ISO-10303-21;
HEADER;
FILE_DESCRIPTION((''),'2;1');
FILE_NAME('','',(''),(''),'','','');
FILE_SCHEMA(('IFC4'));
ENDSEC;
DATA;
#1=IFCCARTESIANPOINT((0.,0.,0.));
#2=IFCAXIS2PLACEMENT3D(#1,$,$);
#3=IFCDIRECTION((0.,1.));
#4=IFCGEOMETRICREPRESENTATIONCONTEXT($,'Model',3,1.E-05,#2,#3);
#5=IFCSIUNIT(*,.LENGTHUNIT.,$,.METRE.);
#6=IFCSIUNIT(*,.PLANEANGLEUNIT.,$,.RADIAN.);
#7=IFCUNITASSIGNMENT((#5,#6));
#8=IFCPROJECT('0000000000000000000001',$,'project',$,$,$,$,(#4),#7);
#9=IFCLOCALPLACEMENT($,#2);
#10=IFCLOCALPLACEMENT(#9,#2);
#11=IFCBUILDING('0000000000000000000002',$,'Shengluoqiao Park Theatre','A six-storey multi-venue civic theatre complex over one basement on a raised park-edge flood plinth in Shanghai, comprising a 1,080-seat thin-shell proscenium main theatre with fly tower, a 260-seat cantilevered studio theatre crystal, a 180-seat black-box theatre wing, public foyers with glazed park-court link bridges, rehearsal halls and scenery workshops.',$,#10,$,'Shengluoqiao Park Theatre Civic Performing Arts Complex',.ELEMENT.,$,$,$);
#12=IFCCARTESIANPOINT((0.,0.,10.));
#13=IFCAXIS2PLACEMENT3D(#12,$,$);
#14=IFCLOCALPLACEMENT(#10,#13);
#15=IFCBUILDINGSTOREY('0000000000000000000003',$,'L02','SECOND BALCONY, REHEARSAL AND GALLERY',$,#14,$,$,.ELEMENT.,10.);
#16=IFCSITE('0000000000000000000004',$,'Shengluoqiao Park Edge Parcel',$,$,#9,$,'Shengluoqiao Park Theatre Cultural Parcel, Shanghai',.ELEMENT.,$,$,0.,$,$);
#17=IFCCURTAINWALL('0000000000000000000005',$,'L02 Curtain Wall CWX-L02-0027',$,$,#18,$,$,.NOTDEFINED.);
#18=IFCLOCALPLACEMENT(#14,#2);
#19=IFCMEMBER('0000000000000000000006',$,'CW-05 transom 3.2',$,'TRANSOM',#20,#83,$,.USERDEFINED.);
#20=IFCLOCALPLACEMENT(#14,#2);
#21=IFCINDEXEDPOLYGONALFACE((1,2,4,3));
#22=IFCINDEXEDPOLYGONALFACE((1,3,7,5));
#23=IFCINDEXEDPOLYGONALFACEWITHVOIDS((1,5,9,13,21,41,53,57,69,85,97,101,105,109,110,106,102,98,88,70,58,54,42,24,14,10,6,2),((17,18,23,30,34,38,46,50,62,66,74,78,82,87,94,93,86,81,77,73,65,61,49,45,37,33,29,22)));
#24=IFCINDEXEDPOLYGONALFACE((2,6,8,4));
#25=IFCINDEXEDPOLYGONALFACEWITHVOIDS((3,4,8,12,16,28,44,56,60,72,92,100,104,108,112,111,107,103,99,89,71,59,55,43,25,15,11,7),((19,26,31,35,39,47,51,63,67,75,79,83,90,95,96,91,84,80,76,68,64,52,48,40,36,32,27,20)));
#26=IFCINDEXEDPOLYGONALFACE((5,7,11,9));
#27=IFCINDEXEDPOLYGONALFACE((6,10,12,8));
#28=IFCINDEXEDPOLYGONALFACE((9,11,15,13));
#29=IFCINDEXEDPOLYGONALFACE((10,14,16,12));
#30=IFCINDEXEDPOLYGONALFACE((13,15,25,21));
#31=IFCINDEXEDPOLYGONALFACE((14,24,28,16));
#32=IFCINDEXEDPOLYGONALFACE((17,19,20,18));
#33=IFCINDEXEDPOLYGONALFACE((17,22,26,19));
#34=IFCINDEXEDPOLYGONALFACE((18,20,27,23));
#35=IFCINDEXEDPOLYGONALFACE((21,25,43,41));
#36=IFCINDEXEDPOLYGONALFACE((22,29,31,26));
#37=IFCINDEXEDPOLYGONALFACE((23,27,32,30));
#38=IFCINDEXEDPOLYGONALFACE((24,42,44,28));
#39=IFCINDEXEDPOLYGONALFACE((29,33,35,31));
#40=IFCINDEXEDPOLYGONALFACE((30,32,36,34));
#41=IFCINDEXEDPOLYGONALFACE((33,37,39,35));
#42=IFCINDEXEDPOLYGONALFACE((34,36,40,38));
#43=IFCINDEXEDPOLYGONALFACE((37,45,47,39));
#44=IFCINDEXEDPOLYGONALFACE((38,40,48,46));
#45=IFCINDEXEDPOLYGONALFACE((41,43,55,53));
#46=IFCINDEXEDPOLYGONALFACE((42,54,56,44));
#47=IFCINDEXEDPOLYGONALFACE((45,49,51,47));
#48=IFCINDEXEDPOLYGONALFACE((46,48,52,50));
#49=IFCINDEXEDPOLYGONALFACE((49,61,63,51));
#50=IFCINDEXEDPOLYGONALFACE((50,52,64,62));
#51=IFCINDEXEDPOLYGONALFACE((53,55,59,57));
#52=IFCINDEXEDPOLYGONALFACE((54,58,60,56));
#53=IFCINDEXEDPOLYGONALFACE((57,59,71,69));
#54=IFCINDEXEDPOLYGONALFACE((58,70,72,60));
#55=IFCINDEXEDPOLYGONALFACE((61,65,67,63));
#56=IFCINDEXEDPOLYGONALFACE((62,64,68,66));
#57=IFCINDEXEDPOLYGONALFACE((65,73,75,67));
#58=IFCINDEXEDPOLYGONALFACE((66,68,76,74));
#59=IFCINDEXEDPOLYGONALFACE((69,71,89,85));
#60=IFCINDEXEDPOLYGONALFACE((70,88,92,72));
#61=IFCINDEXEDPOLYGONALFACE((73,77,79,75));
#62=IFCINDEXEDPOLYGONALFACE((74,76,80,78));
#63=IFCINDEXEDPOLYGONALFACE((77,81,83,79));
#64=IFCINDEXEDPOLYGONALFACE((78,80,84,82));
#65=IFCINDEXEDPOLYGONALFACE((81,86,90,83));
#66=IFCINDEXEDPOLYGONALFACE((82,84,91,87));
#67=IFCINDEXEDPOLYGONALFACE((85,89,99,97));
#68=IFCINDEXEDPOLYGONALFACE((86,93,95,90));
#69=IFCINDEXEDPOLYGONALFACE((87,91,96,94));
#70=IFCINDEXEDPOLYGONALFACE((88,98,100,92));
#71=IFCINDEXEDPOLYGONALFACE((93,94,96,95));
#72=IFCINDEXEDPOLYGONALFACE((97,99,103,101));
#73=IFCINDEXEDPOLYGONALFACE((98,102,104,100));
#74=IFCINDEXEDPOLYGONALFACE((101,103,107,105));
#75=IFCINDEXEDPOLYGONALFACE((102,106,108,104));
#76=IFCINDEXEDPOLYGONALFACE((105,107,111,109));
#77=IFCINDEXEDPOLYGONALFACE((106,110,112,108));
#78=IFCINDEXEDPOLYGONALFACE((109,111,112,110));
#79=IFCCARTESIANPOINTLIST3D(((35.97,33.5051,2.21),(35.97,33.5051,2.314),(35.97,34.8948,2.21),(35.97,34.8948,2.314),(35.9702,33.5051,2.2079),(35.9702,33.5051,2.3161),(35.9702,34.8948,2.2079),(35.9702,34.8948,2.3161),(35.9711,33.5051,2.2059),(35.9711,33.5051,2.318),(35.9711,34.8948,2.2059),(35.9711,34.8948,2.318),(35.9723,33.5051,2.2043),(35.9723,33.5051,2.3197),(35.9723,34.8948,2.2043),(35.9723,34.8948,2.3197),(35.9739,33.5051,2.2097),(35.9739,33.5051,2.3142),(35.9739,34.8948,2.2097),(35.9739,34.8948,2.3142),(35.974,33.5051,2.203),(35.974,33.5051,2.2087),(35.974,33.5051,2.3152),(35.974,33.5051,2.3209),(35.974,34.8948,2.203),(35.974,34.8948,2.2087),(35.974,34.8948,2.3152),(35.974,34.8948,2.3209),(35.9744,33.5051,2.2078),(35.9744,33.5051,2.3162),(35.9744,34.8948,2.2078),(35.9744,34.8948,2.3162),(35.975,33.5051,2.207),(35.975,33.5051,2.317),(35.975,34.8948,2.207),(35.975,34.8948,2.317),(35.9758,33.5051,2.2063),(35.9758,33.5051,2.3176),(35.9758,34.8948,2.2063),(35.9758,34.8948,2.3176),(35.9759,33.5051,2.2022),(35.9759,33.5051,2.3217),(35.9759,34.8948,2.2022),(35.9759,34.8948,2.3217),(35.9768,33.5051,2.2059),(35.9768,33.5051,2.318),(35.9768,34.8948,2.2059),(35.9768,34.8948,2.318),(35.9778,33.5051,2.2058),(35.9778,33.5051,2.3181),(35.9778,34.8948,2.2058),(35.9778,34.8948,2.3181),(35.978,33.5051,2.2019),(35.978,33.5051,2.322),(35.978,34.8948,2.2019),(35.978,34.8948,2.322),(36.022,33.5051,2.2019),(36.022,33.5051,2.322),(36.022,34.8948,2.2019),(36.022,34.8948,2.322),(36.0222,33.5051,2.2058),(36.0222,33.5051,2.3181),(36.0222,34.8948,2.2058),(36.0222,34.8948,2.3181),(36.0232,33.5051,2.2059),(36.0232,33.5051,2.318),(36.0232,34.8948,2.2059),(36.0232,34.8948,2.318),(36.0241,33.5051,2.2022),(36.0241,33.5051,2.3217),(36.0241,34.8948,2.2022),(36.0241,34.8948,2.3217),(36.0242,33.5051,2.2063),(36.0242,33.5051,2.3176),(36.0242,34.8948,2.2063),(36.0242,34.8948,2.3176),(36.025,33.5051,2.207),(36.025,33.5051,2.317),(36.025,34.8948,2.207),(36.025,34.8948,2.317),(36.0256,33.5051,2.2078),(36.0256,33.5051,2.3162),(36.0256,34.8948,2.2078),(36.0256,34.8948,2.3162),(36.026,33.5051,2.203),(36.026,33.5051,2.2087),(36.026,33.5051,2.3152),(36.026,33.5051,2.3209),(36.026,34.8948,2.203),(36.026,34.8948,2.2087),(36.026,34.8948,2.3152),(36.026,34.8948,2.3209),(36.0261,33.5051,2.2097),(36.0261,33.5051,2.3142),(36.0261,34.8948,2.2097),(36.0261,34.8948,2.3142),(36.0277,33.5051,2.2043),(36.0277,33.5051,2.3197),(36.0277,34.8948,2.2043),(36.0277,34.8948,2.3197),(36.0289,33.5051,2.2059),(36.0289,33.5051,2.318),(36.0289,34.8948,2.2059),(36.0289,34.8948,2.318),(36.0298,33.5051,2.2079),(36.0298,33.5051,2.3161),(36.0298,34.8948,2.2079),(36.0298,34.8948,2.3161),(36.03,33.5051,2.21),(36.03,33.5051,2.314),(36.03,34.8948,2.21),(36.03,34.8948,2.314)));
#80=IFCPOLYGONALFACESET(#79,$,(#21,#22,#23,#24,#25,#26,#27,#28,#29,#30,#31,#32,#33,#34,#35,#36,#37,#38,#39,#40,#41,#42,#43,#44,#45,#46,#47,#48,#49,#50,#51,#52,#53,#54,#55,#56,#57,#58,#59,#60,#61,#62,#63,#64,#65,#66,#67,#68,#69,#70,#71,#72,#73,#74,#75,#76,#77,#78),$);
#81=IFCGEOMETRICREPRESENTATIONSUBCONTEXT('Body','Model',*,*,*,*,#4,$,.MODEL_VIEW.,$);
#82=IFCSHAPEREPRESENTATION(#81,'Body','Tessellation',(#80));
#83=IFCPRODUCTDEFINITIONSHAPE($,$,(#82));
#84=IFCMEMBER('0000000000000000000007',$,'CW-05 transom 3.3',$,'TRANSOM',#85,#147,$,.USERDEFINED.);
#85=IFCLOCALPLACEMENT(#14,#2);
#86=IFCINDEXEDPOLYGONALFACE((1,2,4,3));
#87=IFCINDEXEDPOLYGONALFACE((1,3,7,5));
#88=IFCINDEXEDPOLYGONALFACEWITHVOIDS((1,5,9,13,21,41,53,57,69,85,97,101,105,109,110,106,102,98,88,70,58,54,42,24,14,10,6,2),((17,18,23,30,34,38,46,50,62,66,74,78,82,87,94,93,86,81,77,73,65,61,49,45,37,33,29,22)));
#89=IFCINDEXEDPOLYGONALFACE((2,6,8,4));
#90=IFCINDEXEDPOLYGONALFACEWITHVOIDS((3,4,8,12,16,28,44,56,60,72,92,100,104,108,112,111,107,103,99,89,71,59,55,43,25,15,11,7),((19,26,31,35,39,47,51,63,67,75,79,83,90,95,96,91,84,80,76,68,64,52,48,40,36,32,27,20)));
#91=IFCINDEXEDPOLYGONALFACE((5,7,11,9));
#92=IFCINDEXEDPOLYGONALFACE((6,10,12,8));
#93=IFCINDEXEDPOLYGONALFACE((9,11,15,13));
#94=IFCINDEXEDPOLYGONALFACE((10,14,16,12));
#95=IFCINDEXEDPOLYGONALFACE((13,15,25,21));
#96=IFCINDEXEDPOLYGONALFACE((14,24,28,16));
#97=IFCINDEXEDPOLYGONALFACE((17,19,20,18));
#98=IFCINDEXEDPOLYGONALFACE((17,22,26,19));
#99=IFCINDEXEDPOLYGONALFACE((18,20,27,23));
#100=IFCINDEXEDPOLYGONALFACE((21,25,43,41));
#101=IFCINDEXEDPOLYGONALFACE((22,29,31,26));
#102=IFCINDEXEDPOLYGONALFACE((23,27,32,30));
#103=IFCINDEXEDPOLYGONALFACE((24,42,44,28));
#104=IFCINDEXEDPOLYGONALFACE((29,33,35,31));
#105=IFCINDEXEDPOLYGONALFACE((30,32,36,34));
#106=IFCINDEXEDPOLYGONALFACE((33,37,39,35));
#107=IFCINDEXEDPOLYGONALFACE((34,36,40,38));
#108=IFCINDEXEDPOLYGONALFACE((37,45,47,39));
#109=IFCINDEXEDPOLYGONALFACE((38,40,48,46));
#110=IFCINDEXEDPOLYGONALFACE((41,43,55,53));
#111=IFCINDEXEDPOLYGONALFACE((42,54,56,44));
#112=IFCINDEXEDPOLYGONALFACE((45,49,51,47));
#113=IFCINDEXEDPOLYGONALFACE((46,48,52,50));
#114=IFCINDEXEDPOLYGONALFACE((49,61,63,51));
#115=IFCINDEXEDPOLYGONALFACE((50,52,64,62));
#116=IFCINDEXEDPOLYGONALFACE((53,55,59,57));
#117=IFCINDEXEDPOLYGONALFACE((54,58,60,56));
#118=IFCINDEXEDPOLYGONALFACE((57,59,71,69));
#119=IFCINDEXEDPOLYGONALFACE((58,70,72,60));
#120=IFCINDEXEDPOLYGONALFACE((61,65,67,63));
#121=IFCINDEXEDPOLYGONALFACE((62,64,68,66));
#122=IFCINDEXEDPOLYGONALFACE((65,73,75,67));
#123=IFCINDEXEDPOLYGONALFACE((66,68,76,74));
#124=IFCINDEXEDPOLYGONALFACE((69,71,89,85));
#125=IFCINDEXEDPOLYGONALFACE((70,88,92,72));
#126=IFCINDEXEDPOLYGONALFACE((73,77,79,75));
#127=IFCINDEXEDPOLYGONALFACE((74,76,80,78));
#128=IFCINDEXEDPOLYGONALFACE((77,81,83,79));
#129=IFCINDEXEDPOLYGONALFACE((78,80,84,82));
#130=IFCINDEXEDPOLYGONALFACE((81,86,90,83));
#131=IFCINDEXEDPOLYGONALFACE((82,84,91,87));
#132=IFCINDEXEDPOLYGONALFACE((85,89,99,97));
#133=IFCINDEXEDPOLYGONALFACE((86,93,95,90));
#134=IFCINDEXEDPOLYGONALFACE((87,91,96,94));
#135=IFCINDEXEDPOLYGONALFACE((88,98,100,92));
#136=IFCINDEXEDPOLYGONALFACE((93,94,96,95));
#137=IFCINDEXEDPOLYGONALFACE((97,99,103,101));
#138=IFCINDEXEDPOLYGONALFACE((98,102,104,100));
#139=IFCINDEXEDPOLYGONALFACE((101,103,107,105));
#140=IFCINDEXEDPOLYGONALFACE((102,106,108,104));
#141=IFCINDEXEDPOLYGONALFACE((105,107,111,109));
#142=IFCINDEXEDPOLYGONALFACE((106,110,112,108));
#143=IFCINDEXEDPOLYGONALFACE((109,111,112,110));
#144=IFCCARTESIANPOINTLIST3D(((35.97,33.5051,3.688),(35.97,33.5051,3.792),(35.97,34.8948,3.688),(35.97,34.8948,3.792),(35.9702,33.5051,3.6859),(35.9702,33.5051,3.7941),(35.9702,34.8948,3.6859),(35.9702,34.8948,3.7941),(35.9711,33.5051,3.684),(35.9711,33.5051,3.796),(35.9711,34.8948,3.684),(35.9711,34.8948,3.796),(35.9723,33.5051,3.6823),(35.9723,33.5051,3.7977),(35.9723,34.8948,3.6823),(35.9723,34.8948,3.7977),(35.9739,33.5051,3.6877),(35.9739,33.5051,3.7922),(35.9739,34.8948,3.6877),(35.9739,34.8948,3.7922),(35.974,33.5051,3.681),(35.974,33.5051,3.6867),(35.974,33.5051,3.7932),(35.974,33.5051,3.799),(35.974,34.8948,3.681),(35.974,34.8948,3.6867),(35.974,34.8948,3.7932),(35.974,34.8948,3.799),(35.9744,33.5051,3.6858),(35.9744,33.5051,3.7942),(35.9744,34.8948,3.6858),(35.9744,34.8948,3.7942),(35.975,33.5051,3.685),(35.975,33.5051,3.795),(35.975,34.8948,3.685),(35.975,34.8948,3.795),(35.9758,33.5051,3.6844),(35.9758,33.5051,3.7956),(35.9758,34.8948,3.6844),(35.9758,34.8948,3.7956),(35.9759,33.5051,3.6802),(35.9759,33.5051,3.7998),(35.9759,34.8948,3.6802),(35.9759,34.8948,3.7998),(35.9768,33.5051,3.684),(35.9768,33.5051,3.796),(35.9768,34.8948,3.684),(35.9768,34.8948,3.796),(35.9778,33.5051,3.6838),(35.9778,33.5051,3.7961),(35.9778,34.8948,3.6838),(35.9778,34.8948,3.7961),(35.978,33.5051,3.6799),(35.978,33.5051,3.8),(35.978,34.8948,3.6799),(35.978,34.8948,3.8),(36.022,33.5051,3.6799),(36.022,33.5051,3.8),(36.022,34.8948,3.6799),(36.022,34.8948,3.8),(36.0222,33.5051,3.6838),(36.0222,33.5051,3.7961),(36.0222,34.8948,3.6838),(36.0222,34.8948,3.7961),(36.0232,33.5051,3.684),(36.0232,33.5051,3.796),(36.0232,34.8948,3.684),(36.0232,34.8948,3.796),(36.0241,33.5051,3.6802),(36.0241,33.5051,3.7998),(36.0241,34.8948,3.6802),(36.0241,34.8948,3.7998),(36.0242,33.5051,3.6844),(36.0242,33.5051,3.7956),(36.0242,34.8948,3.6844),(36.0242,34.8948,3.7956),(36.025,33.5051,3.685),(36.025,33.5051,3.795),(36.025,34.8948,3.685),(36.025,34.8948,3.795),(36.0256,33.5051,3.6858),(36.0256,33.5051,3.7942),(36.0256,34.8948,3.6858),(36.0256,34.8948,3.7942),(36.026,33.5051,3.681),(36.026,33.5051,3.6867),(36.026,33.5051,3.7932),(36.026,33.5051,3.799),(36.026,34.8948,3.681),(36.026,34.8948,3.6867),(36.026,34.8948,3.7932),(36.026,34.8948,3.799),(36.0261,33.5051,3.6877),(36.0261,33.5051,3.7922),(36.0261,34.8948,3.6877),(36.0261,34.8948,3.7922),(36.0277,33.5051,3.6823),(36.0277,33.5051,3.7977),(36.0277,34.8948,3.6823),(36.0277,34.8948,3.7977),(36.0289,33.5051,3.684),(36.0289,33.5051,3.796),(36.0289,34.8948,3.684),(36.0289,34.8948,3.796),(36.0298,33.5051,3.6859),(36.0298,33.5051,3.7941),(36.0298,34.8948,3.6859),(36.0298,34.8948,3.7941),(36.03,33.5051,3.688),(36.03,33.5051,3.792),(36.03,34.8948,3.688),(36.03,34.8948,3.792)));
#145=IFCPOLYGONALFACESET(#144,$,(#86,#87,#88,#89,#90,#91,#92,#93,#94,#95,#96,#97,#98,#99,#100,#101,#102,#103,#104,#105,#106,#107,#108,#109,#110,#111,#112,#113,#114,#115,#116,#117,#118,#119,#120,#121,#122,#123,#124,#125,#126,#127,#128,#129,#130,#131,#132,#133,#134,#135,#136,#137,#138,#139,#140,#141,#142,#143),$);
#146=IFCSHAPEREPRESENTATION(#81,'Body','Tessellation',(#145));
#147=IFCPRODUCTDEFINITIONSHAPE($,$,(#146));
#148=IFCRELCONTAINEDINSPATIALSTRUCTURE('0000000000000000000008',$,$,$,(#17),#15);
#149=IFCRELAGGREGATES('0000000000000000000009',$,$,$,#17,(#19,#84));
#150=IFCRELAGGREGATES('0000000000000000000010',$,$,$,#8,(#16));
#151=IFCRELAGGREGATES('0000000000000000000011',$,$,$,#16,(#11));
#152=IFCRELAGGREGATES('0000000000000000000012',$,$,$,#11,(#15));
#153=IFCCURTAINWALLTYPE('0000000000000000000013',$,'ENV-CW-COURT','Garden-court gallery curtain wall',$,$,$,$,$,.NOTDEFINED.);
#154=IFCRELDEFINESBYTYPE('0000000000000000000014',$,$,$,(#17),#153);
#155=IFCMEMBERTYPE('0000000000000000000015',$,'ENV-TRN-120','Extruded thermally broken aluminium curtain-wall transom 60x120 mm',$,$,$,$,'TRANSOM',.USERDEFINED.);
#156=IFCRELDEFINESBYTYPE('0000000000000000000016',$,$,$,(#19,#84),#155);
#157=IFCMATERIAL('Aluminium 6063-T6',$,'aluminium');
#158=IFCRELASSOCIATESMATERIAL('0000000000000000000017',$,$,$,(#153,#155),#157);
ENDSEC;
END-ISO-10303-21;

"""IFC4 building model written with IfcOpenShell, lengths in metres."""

from ifc_helpers import new_model, si_unit, direction, frame, origin, origin_2d, place, context, subcontext, project, spatial, hollow_rectangle, extrude, material, material_profile, profile_set, type_object, element, aggregate, save


model = new_model("IFC4")

# Units and contexts
model_context = context("Model", 3, precision=1e-05, world=origin(), true_north=direction((0.0, 1.0)))
body_context = subcontext(model_context, "Body", "Model", "MODEL_VIEW")
ifc_project = project(units=[si_unit("LENGTHUNIT", "METRE"), si_unit("PLANEANGLEUNIT", "RADIAN")], contexts=[model_context])

# Site, building, storey
site_placement = place(None, origin())
site = spatial("IfcSite", under=ifc_project, at=site_placement, Name="Shengluoqiao Park Edge Parcel", LongName="Shengluoqiao Park Theatre Cultural Parcel, Shanghai", CompositionType="ELEMENT", RefElevation=0.0)
building_placement = place(site_placement, origin())
building = spatial("IfcBuilding", under=site, at=building_placement, Name="Shengluoqiao Park Theatre", Description="A six-storey multi-venue civic theatre complex over one basement on a raised park-edge flood plinth in Shanghai, comprising a 1,080-seat thin-shell proscenium main theatre with fly tower, a 260-seat cantilevered studio theatre crystal, a 180-seat black-box theatre wing, public foyers with glazed park-court link bridges, rehearsal halls and scenery workshops.", LongName="Shengluoqiao Park Theatre Civic Performing Arts Complex", CompositionType="ELEMENT")
storey_placement = place(building_placement, frame((0.0, 0.0, 10.0)))
storey = spatial("IfcBuildingStorey", under=building, at=storey_placement, Name="L02", Description="SECOND BALCONY, REHEARSAL AND GALLERY", CompositionType="ELEMENT", Elevation=10.0)

# Curtain wall, members
ifc_material_1 = material(Name="Aluminium 6063-T6", Category="aluminium")
curtain_wall_type = type_object("IfcCurtainWallType", Name="ENV-CW-COURT", Description="Garden-court gallery curtain wall", PredefinedType="NOTDEFINED", material=ifc_material_1)
curtain_wall_placement = place(storey_placement, origin())
curtain_wall = element("IfcCurtainWall", 1, at=curtain_wall_placement, inside=storey, type_object=curtain_wall_type, Name="L02 Curtain Wall CWX-L02-0027", PredefinedType="NOTDEFINED")
ifc_material_profile_1 = material_profile(ifc_material_1, hollow_rectangle(XDim=0.0601, YDim=0.1201, WallThickness=0.0039, InnerFilletRadius=0.0039, OuterFilletRadius=0.0081, at=origin_2d()), Name="ALU TRANSOM 120x60x4")
ifc_profile_set_1 = profile_set([ifc_material_profile_1], Name="Aluminium 6063-T6")
member_type_1 = type_object("IfcMemberType", Name="ENV-TRN-120", Description="Extruded thermally broken aluminium curtain-wall transom 60x120 mm", ElementType="TRANSOM", PredefinedType="USERDEFINED", material=ifc_profile_set_1)
member_1_placement = place(storey_placement, frame((36.0, 33.5051, 2.262), z_axis=(0.0, 1.0, 0.0), x_axis=(-1.0, 0.0, 0.0)))
member_1 = element("IfcMember", 2, at=member_1_placement, type_object=member_type_1, Name="CW-05 transom 3.2", ObjectType="TRANSOM", PredefinedType="USERDEFINED", context=body_context, shape_type="SweptSolid", body=[
    extrude(hollow_rectangle(XDim=0.0601, YDim=0.1201, WallThickness=0.0039, InnerFilletRadius=0.0039, OuterFilletRadius=0.0081, at=origin_2d()), origin(), (0.0, 0.0, 1.0), 1.3896),
])
member_2_placement = place(storey_placement, frame((36.0, 33.5051, 3.74), z_axis=(0.0, 1.0, 0.0), x_axis=(-1.0, 0.0, 0.0)))
member_2 = element("IfcMember", 3, at=member_2_placement, type_object=member_type_1, Name="CW-05 transom 3.3", ObjectType="TRANSOM", PredefinedType="USERDEFINED", context=body_context, shape_type="SweptSolid", body=[
    extrude(hollow_rectangle(XDim=0.0601, YDim=0.1201, WallThickness=0.0039, InnerFilletRadius=0.0039, OuterFilletRadius=0.0081, at=origin_2d()), origin(), (0.0, 0.0, 1.0), 1.3896),
])
aggregate(curtain_wall, [member_1, member_2])

save(model, "model.ifc")
